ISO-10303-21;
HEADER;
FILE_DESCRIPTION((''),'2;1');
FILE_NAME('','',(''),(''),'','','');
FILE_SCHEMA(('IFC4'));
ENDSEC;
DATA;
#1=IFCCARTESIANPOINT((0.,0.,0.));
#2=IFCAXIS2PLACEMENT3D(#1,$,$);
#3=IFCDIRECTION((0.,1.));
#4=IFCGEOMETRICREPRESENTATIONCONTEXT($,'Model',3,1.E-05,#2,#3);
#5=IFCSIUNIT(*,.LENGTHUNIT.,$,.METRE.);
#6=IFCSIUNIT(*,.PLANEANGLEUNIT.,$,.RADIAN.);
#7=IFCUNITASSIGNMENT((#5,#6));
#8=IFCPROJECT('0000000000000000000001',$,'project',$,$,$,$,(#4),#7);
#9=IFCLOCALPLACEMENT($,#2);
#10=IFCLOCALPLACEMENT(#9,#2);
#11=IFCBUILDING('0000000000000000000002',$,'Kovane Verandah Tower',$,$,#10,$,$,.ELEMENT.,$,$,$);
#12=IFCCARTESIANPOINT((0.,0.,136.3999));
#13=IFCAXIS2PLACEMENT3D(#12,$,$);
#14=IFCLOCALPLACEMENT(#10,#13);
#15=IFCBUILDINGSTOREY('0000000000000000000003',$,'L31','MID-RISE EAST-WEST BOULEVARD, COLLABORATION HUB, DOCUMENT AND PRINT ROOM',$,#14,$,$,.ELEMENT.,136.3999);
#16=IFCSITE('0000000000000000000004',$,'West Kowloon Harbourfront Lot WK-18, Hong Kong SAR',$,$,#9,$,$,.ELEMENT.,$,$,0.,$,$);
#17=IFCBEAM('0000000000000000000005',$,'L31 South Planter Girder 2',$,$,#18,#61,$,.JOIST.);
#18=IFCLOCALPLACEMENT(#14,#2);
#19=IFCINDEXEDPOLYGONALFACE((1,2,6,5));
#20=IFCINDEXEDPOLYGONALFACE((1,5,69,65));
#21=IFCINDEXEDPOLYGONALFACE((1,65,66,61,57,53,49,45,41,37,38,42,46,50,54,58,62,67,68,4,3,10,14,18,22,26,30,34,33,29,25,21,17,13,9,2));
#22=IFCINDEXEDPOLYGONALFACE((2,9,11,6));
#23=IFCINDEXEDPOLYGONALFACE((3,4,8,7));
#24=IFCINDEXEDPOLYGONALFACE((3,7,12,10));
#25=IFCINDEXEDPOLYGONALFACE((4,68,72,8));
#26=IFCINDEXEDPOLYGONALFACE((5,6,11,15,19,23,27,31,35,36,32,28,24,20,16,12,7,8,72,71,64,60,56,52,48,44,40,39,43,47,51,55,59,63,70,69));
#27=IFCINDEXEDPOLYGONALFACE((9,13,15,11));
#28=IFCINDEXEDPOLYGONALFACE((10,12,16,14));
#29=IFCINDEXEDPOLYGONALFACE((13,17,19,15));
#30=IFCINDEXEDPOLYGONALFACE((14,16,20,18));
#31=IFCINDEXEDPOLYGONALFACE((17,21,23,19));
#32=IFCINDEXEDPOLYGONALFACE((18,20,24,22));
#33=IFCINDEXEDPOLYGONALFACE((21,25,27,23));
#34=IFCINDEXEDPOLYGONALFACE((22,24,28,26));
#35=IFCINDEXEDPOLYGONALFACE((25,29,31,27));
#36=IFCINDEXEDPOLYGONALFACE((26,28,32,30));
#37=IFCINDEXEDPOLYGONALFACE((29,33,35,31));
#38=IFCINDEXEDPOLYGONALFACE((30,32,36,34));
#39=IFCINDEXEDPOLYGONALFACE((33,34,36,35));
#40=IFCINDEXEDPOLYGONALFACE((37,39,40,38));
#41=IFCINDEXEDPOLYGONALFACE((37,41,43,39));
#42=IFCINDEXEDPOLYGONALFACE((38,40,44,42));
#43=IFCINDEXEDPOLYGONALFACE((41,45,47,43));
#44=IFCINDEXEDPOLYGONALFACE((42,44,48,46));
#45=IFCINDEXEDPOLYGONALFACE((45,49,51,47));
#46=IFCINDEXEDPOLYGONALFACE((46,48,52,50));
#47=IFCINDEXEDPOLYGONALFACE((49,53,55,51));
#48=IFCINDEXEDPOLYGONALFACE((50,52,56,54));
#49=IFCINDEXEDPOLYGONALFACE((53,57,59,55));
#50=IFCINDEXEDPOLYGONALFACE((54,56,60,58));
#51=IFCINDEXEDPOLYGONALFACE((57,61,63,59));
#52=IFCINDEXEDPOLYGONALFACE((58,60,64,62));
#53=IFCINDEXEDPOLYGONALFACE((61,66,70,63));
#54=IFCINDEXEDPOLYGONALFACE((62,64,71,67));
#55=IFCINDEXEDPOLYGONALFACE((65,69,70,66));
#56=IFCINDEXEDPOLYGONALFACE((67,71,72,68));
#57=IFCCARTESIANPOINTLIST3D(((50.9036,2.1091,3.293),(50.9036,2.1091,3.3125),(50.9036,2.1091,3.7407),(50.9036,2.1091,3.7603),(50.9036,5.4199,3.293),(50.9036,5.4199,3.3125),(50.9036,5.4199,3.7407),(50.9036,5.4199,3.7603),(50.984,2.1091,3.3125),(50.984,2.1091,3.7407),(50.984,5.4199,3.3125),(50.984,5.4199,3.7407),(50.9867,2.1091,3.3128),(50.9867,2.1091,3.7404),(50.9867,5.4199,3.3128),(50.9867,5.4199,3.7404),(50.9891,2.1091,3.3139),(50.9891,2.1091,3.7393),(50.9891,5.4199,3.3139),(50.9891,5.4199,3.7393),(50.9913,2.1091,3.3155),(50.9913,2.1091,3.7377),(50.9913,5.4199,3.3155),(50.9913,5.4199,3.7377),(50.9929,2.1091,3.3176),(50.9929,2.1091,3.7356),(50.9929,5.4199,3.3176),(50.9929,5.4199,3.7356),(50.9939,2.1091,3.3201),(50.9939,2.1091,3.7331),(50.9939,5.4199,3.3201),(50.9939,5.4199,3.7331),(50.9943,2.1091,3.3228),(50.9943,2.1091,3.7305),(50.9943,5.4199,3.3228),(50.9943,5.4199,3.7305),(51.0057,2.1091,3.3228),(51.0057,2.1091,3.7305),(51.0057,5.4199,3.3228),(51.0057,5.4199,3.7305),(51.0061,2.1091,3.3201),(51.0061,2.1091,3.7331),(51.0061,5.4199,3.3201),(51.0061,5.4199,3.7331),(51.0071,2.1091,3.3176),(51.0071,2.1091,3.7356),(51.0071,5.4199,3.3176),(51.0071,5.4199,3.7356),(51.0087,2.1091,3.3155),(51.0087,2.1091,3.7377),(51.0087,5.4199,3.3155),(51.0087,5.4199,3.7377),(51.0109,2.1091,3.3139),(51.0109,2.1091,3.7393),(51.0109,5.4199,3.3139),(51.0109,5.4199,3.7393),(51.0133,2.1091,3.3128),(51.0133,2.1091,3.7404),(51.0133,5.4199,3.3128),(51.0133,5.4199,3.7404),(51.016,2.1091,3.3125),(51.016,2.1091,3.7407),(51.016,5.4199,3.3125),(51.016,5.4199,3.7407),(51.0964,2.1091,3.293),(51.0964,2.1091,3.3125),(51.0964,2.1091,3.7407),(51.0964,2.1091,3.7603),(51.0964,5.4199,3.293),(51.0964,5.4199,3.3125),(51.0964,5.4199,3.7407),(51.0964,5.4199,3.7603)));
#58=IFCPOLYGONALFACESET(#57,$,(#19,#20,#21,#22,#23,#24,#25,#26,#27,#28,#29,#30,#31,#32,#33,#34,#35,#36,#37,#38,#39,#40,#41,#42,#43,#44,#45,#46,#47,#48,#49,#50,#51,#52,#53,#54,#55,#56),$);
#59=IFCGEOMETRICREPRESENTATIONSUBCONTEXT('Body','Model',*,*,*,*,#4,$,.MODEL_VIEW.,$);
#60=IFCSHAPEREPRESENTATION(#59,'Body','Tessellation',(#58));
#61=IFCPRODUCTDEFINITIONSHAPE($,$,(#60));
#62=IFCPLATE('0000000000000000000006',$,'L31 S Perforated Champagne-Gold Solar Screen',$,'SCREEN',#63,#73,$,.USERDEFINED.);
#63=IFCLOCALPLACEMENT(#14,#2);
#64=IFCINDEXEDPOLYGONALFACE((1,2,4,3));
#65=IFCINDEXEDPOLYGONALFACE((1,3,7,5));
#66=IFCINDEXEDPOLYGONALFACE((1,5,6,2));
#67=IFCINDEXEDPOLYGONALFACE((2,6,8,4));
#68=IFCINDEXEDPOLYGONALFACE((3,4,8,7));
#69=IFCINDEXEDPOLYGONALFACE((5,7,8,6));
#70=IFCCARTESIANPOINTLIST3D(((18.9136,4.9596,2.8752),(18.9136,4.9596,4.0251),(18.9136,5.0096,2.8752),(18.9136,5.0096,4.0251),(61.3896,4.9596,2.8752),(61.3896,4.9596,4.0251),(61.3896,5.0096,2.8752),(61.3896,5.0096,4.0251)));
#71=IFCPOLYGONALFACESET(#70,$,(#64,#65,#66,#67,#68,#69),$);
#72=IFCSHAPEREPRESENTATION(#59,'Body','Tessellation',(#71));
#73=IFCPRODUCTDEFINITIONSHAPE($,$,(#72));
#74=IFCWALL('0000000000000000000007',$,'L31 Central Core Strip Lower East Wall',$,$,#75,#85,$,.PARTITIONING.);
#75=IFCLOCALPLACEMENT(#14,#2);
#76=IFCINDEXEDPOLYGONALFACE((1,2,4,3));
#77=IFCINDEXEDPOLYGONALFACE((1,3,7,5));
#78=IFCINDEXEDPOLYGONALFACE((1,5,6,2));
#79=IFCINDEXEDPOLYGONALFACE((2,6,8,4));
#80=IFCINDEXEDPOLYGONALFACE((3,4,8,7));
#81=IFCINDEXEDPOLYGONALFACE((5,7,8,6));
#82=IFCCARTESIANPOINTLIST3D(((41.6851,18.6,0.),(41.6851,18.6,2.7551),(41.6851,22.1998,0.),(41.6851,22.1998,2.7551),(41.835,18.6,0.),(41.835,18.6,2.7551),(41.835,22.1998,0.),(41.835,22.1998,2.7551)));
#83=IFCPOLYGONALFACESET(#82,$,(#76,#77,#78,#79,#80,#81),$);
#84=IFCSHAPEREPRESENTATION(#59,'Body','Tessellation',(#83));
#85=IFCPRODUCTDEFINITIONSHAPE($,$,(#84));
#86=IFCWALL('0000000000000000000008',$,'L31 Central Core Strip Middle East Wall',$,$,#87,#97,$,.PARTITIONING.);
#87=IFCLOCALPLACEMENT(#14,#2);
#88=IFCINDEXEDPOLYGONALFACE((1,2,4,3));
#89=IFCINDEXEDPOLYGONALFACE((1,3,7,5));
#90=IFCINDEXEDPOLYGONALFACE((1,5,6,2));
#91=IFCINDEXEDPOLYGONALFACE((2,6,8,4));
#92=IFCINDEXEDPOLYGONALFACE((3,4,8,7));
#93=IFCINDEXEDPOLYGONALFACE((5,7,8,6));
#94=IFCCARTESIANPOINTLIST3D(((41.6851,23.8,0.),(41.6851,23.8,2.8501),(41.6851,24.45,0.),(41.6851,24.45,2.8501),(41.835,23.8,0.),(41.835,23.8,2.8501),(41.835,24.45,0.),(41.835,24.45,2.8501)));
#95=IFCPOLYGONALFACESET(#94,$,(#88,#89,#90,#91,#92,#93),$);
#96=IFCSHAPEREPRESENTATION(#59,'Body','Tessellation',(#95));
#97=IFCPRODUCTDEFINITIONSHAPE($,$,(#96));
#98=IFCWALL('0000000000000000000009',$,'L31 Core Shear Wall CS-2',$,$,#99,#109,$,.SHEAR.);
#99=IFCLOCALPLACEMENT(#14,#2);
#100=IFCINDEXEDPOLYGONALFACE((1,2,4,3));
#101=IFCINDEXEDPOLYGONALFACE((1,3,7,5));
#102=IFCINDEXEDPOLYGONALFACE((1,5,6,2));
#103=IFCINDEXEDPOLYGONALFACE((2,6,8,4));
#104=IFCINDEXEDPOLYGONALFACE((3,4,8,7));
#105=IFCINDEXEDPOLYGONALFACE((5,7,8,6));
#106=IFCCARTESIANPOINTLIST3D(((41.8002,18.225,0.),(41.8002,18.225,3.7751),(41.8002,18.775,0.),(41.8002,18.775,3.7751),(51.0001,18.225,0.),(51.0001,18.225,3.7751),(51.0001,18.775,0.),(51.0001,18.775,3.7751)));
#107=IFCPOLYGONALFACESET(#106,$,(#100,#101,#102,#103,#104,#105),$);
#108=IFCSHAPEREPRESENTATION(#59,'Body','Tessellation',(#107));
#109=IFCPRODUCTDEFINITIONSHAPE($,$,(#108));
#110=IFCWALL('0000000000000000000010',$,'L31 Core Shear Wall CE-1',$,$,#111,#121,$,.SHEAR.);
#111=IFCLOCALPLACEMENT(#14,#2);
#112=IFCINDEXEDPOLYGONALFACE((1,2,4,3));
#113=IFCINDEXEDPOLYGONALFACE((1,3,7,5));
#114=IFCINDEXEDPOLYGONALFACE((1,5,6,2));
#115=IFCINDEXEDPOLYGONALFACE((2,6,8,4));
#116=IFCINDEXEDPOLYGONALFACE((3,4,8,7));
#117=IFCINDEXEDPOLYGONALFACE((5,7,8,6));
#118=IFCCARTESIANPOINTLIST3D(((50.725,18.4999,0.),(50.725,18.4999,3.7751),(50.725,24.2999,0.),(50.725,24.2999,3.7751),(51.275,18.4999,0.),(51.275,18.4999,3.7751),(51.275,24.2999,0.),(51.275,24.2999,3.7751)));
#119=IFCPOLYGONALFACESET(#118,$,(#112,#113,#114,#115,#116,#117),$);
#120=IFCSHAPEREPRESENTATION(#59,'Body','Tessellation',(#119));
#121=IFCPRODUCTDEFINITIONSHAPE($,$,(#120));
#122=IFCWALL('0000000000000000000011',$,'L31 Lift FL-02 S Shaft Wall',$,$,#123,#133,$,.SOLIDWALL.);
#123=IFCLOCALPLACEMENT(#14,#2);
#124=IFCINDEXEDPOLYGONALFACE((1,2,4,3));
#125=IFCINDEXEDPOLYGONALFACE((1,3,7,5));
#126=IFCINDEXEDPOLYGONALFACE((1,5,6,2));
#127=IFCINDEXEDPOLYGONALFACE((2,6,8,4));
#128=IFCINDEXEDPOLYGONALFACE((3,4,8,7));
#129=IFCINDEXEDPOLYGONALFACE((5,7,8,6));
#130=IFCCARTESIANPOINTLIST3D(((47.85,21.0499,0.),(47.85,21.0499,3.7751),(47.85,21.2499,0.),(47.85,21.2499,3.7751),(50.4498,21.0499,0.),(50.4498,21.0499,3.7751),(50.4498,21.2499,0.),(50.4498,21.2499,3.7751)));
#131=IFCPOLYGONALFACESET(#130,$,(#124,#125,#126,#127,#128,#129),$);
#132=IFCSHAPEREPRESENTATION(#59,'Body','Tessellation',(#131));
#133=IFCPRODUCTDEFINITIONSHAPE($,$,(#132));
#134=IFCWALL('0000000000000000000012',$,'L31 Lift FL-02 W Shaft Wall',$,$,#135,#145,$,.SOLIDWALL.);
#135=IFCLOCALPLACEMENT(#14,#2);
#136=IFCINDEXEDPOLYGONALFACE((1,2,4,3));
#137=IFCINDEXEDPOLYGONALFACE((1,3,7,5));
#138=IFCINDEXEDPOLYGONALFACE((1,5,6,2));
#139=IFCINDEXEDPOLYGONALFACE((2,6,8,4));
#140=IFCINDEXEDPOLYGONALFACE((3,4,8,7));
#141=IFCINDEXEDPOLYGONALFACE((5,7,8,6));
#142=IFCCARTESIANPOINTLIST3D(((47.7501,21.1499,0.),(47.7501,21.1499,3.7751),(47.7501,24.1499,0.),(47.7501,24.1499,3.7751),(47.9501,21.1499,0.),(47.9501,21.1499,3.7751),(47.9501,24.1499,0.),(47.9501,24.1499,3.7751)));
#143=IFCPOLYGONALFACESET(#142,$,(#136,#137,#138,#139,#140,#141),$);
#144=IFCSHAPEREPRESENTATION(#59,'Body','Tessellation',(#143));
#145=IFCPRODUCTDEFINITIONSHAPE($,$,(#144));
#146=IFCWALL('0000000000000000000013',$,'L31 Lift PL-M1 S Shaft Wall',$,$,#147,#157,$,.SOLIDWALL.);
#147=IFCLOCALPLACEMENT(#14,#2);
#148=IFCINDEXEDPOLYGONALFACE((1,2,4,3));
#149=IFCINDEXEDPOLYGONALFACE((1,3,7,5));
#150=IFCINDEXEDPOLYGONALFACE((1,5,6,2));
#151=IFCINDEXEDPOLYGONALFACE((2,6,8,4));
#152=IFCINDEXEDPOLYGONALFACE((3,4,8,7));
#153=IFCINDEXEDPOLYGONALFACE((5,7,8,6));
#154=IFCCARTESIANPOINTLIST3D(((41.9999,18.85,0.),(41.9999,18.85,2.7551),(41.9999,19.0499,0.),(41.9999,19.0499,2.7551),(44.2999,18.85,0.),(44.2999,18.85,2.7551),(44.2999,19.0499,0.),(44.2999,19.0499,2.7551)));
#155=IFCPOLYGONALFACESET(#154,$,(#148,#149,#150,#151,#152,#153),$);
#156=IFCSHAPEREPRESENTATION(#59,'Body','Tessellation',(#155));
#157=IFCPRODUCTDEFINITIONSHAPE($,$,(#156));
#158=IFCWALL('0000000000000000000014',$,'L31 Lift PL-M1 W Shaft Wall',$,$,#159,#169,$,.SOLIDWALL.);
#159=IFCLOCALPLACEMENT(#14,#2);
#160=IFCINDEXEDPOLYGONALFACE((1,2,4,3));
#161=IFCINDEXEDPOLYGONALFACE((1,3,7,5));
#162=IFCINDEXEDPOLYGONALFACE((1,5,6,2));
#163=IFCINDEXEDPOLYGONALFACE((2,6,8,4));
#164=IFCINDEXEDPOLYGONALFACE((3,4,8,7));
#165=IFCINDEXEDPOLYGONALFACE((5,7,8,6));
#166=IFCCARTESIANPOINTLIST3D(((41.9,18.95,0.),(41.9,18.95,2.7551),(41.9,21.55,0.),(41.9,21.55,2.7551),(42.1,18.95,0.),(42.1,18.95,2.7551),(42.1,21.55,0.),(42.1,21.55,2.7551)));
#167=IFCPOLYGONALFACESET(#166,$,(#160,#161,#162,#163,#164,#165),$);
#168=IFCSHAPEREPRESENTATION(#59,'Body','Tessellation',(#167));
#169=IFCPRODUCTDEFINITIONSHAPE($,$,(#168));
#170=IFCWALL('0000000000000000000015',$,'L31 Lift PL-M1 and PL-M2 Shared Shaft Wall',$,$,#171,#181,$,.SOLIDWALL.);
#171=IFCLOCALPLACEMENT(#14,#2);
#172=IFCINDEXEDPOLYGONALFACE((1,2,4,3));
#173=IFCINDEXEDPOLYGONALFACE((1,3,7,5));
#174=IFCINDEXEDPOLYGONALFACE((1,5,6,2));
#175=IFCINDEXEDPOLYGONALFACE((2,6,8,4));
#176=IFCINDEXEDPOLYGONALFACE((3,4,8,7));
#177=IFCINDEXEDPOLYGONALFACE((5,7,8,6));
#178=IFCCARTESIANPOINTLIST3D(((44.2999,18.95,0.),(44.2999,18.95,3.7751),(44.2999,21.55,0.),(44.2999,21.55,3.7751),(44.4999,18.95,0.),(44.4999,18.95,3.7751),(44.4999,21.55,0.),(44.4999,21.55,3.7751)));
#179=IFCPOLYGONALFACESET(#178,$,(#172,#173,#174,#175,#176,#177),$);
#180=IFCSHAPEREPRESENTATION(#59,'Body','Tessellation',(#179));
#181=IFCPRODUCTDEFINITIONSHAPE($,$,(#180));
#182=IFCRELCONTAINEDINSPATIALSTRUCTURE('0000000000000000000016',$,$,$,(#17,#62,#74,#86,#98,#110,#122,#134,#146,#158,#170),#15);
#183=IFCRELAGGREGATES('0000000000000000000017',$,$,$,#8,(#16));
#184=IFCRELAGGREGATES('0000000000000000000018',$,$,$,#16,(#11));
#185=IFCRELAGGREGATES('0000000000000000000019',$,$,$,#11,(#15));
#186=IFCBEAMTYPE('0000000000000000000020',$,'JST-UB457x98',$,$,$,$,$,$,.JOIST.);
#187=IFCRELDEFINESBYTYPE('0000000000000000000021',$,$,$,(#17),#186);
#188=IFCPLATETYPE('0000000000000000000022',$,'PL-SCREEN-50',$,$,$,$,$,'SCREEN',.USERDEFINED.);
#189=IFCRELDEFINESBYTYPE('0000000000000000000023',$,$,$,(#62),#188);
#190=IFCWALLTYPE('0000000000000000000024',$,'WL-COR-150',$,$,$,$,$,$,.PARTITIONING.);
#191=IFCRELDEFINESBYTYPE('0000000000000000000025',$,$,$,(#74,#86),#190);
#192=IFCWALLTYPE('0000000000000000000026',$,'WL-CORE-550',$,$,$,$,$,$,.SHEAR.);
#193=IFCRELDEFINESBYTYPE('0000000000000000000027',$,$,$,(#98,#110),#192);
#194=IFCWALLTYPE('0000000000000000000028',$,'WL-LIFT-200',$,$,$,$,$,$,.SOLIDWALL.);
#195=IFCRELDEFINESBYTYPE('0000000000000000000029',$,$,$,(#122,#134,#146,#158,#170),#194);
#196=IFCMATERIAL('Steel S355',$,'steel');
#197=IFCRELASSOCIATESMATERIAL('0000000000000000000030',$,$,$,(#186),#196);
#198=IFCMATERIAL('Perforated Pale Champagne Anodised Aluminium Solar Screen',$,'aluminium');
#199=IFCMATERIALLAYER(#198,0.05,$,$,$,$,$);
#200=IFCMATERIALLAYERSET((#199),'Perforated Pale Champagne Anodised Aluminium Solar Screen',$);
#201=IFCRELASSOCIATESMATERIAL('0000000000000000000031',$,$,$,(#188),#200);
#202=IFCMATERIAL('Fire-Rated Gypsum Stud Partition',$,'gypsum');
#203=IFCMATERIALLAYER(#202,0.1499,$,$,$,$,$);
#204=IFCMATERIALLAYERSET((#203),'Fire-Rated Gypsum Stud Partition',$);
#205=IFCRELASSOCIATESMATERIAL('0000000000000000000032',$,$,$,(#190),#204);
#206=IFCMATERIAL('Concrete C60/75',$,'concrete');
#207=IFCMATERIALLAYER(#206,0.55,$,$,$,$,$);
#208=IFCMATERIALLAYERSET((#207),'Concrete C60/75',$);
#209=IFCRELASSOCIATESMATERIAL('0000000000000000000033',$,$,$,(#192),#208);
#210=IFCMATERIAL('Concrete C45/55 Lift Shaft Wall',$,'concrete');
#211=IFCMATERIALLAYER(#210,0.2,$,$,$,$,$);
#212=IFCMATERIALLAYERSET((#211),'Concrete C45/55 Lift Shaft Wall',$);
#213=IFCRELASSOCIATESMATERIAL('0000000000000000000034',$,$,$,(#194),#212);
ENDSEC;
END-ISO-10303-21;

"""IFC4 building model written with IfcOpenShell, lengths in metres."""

from ifc_helpers import new_model, si_unit, direction, frame, frame_2d, origin, origin_2d, place, context, subcontext, project, spatial, rectangle, i_section, extrude, material, layer, layer_set, material_profile, profile_set, type_object, element, save


model = new_model("IFC4")

# Units and contexts
model_context = context("Model", 3, precision=1e-05, world=origin(), true_north=direction((0.0, 1.0)))
body_context = subcontext(model_context, "Body", "Model", "MODEL_VIEW")
ifc_project = project(units=[si_unit("LENGTHUNIT", "METRE"), si_unit("PLANEANGLEUNIT", "RADIAN")], contexts=[model_context])

# Site, building, storey
site_placement = place(None, origin())
site = spatial("IfcSite", under=ifc_project, at=site_placement, Name="West Kowloon Harbourfront Lot WK-18, Hong Kong SAR", CompositionType="ELEMENT", RefElevation=0.0)
building_placement = place(site_placement, origin())
building = spatial("IfcBuilding", under=site, at=building_placement, Name="Kovane Verandah Tower", CompositionType="ELEMENT")
storey_placement = place(building_placement, frame((0.0, 0.0, 136.3999)))
storey = spatial("IfcBuildingStorey", under=building, at=storey_placement, Name="L31", Description="MID-RISE EAST-WEST BOULEVARD, COLLABORATION HUB, DOCUMENT AND PRINT ROOM", CompositionType="ELEMENT", Elevation=136.3999)

# Beam
ifc_material_1 = material(Name="Steel S355", Category="steel")
ifc_material_profile_1 = material_profile(ifc_material_1, i_section(OverallWidth=0.1929, OverallDepth=0.4673, WebThickness=0.0115, FlangeThickness=0.0195, FilletRadius=0.0103, at=origin_2d()), Name="UB457x191x98")
ifc_profile_set_1 = profile_set([ifc_material_profile_1], Name="Steel S355")
beam_type_1 = type_object("IfcBeamType", Name="JST-UB457x98", PredefinedType="JOIST", material=ifc_profile_set_1)
beam_1_placement = place(storey_placement, frame((51.0, 5.4199, 3.5266), z_axis=(0.0, -1.0, 0.0), x_axis=(1.0, 0.0, 0.0)))
element("IfcBeam", 1, at=beam_1_placement, inside=storey, type_object=beam_type_1, Name="L31 South Planter Girder 2", PredefinedType="JOIST", context=body_context, shape_type="SweptSolid", body=[
    extrude(i_section(OverallWidth=0.1929, OverallDepth=0.4673, WebThickness=0.0115, FlangeThickness=0.0195, FilletRadius=0.0103, at=origin_2d()), origin(), (0.0, 0.0, 1.0), 3.3108),
])

# Plate
ifc_material_2 = material(Name="Perforated Pale Champagne Anodised Aluminium Solar Screen", Category="aluminium")
ifc_layer_1 = layer(ifc_material_2, 0.05)
ifc_layer_set_1 = layer_set([ifc_layer_1], Name="Perforated Pale Champagne Anodised Aluminium Solar Screen")
plate_type = type_object("IfcPlateType", Name="PL-SCREEN-50", ElementType="SCREEN", PredefinedType="USERDEFINED", material=ifc_layer_set_1)
plate_placement = place(storey_placement, frame((40.1516, 4.9846, 2.8752), z_axis=(0.0, 0.0, 1.0), x_axis=(1.0, 0.0, 0.0)))
element("IfcPlate", 2, at=plate_placement, inside=storey, type_object=plate_type, Name="L31 S Perforated Champagne-Gold Solar Screen", ObjectType="SCREEN", PredefinedType="USERDEFINED", context=body_context, shape_type="SweptSolid", body=[
    extrude(rectangle(XDim=42.4761, YDim=0.05, at=origin_2d()), origin(), (0.0, 0.0, 1.0), 1.1499),
])

# Walls
ifc_material_3 = material(Name="Fire-Rated Gypsum Stud Partition", Category="gypsum")
ifc_layer_2 = layer(ifc_material_3, 0.1499)
ifc_layer_set_2 = layer_set([ifc_layer_2], Name="Fire-Rated Gypsum Stud Partition")
wall_type_1 = type_object("IfcWallType", Name="WL-COR-150", PredefinedType="PARTITIONING", material=ifc_layer_set_2)
wall_1_placement = place(storey_placement, frame((41.76, 18.6001, 0.0), z_axis=(0.0, 0.0, 1.0), x_axis=(0.0, 1.0, 0.0)))
element("IfcWall", 3, at=wall_1_placement, inside=storey, type_object=wall_type_1, Name="L31 Central Core Strip Lower East Wall", PredefinedType="PARTITIONING", context=body_context, shape_type="SweptSolid", body=[
    extrude(rectangle(XDim=3.5999, YDim=0.1499, at=frame_2d((1.7998, 0.0))), origin(), (0.0, 0.0, 1.0), 2.7551),
])
wall_2_placement = place(storey_placement, frame((41.76, 23.8, 0.0), z_axis=(0.0, 0.0, 1.0), x_axis=(0.0, 1.0, 0.0)))
element("IfcWall", 4, at=wall_2_placement, inside=storey, type_object=wall_type_1, Name="L31 Central Core Strip Middle East Wall", PredefinedType="PARTITIONING", context=body_context, shape_type="SweptSolid", body=[
    extrude(rectangle(XDim=0.6499, YDim=0.1499, at=frame_2d((0.325, 0.0))), origin(), (0.0, 0.0, 1.0), 2.8501),
])
ifc_material_4 = material(Name="Concrete C60/75", Category="concrete")
ifc_layer_3 = layer(ifc_material_4, 0.55)
ifc_layer_set_3 = layer_set([ifc_layer_3], Name="Concrete C60/75")
wall_type_2 = type_object("IfcWallType", Name="WL-CORE-550", PredefinedType="SHEAR", material=ifc_layer_set_3)
wall_3_placement = place(storey_placement, frame((41.8, 18.5, 0.0), z_axis=(0.0, 0.0, 1.0), x_axis=(1.0, 0.0, 0.0)))
element("IfcWall", 5, at=wall_3_placement, inside=storey, type_object=wall_type_2, Name="L31 Core Shear Wall CS-2", PredefinedType="SHEAR", context=body_context, shape_type="SweptSolid", body=[
    extrude(rectangle(XDim=9.2, YDim=0.55, at=frame_2d((4.6001, 0.0))), origin(), (0.0, 0.0, 1.0), 3.7751),
])
wall_4_placement = place(storey_placement, frame((51.0, 18.5, 0.0), z_axis=(0.0, 0.0, 1.0), x_axis=(0.0, 1.0, 0.0)))
element("IfcWall", 6, at=wall_4_placement, inside=storey, type_object=wall_type_2, Name="L31 Core Shear Wall CE-1", PredefinedType="SHEAR", context=body_context, shape_type="SweptSolid", body=[
    extrude(rectangle(XDim=5.8, YDim=0.55, at=frame_2d((2.8999, 0.0))), origin(), (0.0, 0.0, 1.0), 3.7751),
])
ifc_material_5 = material(Name="Concrete C45/55 Lift Shaft Wall", Category="concrete")
ifc_layer_4 = layer(ifc_material_5, 0.2)
ifc_layer_set_4 = layer_set([ifc_layer_4], Name="Concrete C45/55 Lift Shaft Wall")
wall_type_3 = type_object("IfcWallType", Name="WL-LIFT-200", PredefinedType="SOLIDWALL", material=ifc_layer_set_4)
wall_5_placement = place(storey_placement, frame((47.8501, 21.1499, 0.0), z_axis=(0.0, 0.0, 1.0), x_axis=(1.0, 0.0, 0.0)))
element("IfcWall", 7, at=wall_5_placement, inside=storey, type_object=wall_type_3, Name="L31 Lift FL-02 S Shaft Wall", PredefinedType="SOLIDWALL", context=body_context, shape_type="SweptSolid", body=[
    extrude(rectangle(XDim=2.5999, YDim=0.2, at=frame_2d((1.2998, 0.0))), origin(), (0.0, 0.0, 1.0), 3.7751),
])
wall_6_placement = place(storey_placement, frame((47.8501, 24.1499, 0.0), z_axis=(0.0, 0.0, 1.0), x_axis=(0.0, -1.0, 0.0)))
element("IfcWall", 8, at=wall_6_placement, inside=storey, type_object=wall_type_3, Name="L31 Lift FL-02 W Shaft Wall", PredefinedType="SOLIDWALL", context=body_context, shape_type="SweptSolid", body=[
    extrude(rectangle(XDim=3.0, YDim=0.2, at=frame_2d((1.5, 0.0))), origin(), (0.0, 0.0, 1.0), 3.7751),
])
wall_7_placement = place(storey_placement, frame((42.0, 18.95, 0.0), z_axis=(0.0, 0.0, 1.0), x_axis=(1.0, 0.0, 0.0)))
element("IfcWall", 9, at=wall_7_placement, inside=storey, type_object=wall_type_3, Name="L31 Lift PL-M1 S Shaft Wall", PredefinedType="SOLIDWALL", context=body_context, shape_type="SweptSolid", body=[
    extrude(rectangle(XDim=2.3, YDim=0.2, at=frame_2d((1.1499, 0.0))), origin(), (0.0, 0.0, 1.0), 2.7551),
])

# Walls
wall_8_placement = place(storey_placement, frame((42.0, 21.55, 0.0), z_axis=(0.0, 0.0, 1.0), x_axis=(0.0, -1.0, 0.0)))
element("IfcWall", 10, at=wall_8_placement, inside=storey, type_object=wall_type_3, Name="L31 Lift PL-M1 W Shaft Wall", PredefinedType="SOLIDWALL", context=body_context, shape_type="SweptSolid", body=[
    extrude(rectangle(XDim=2.6001, YDim=0.2, at=frame_2d((1.3, 0.0))), origin(), (0.0, 0.0, 1.0), 2.7551),
])
wall_9_placement = place(storey_placement, frame((44.3999, 18.95, 0.0), z_axis=(0.0, 0.0, 1.0), x_axis=(0.0, 1.0, 0.0)))
element("IfcWall", 11, at=wall_9_placement, inside=storey, type_object=wall_type_3, Name="L31 Lift PL-M1 and PL-M2 Shared Shaft Wall", PredefinedType="SOLIDWALL", context=body_context, shape_type="SweptSolid", body=[
    extrude(rectangle(XDim=2.6001, YDim=0.2, at=frame_2d((1.3, 0.0))), origin(), (0.0, 0.0, 1.0), 3.7751),
])

save(model, "model.ifc")
